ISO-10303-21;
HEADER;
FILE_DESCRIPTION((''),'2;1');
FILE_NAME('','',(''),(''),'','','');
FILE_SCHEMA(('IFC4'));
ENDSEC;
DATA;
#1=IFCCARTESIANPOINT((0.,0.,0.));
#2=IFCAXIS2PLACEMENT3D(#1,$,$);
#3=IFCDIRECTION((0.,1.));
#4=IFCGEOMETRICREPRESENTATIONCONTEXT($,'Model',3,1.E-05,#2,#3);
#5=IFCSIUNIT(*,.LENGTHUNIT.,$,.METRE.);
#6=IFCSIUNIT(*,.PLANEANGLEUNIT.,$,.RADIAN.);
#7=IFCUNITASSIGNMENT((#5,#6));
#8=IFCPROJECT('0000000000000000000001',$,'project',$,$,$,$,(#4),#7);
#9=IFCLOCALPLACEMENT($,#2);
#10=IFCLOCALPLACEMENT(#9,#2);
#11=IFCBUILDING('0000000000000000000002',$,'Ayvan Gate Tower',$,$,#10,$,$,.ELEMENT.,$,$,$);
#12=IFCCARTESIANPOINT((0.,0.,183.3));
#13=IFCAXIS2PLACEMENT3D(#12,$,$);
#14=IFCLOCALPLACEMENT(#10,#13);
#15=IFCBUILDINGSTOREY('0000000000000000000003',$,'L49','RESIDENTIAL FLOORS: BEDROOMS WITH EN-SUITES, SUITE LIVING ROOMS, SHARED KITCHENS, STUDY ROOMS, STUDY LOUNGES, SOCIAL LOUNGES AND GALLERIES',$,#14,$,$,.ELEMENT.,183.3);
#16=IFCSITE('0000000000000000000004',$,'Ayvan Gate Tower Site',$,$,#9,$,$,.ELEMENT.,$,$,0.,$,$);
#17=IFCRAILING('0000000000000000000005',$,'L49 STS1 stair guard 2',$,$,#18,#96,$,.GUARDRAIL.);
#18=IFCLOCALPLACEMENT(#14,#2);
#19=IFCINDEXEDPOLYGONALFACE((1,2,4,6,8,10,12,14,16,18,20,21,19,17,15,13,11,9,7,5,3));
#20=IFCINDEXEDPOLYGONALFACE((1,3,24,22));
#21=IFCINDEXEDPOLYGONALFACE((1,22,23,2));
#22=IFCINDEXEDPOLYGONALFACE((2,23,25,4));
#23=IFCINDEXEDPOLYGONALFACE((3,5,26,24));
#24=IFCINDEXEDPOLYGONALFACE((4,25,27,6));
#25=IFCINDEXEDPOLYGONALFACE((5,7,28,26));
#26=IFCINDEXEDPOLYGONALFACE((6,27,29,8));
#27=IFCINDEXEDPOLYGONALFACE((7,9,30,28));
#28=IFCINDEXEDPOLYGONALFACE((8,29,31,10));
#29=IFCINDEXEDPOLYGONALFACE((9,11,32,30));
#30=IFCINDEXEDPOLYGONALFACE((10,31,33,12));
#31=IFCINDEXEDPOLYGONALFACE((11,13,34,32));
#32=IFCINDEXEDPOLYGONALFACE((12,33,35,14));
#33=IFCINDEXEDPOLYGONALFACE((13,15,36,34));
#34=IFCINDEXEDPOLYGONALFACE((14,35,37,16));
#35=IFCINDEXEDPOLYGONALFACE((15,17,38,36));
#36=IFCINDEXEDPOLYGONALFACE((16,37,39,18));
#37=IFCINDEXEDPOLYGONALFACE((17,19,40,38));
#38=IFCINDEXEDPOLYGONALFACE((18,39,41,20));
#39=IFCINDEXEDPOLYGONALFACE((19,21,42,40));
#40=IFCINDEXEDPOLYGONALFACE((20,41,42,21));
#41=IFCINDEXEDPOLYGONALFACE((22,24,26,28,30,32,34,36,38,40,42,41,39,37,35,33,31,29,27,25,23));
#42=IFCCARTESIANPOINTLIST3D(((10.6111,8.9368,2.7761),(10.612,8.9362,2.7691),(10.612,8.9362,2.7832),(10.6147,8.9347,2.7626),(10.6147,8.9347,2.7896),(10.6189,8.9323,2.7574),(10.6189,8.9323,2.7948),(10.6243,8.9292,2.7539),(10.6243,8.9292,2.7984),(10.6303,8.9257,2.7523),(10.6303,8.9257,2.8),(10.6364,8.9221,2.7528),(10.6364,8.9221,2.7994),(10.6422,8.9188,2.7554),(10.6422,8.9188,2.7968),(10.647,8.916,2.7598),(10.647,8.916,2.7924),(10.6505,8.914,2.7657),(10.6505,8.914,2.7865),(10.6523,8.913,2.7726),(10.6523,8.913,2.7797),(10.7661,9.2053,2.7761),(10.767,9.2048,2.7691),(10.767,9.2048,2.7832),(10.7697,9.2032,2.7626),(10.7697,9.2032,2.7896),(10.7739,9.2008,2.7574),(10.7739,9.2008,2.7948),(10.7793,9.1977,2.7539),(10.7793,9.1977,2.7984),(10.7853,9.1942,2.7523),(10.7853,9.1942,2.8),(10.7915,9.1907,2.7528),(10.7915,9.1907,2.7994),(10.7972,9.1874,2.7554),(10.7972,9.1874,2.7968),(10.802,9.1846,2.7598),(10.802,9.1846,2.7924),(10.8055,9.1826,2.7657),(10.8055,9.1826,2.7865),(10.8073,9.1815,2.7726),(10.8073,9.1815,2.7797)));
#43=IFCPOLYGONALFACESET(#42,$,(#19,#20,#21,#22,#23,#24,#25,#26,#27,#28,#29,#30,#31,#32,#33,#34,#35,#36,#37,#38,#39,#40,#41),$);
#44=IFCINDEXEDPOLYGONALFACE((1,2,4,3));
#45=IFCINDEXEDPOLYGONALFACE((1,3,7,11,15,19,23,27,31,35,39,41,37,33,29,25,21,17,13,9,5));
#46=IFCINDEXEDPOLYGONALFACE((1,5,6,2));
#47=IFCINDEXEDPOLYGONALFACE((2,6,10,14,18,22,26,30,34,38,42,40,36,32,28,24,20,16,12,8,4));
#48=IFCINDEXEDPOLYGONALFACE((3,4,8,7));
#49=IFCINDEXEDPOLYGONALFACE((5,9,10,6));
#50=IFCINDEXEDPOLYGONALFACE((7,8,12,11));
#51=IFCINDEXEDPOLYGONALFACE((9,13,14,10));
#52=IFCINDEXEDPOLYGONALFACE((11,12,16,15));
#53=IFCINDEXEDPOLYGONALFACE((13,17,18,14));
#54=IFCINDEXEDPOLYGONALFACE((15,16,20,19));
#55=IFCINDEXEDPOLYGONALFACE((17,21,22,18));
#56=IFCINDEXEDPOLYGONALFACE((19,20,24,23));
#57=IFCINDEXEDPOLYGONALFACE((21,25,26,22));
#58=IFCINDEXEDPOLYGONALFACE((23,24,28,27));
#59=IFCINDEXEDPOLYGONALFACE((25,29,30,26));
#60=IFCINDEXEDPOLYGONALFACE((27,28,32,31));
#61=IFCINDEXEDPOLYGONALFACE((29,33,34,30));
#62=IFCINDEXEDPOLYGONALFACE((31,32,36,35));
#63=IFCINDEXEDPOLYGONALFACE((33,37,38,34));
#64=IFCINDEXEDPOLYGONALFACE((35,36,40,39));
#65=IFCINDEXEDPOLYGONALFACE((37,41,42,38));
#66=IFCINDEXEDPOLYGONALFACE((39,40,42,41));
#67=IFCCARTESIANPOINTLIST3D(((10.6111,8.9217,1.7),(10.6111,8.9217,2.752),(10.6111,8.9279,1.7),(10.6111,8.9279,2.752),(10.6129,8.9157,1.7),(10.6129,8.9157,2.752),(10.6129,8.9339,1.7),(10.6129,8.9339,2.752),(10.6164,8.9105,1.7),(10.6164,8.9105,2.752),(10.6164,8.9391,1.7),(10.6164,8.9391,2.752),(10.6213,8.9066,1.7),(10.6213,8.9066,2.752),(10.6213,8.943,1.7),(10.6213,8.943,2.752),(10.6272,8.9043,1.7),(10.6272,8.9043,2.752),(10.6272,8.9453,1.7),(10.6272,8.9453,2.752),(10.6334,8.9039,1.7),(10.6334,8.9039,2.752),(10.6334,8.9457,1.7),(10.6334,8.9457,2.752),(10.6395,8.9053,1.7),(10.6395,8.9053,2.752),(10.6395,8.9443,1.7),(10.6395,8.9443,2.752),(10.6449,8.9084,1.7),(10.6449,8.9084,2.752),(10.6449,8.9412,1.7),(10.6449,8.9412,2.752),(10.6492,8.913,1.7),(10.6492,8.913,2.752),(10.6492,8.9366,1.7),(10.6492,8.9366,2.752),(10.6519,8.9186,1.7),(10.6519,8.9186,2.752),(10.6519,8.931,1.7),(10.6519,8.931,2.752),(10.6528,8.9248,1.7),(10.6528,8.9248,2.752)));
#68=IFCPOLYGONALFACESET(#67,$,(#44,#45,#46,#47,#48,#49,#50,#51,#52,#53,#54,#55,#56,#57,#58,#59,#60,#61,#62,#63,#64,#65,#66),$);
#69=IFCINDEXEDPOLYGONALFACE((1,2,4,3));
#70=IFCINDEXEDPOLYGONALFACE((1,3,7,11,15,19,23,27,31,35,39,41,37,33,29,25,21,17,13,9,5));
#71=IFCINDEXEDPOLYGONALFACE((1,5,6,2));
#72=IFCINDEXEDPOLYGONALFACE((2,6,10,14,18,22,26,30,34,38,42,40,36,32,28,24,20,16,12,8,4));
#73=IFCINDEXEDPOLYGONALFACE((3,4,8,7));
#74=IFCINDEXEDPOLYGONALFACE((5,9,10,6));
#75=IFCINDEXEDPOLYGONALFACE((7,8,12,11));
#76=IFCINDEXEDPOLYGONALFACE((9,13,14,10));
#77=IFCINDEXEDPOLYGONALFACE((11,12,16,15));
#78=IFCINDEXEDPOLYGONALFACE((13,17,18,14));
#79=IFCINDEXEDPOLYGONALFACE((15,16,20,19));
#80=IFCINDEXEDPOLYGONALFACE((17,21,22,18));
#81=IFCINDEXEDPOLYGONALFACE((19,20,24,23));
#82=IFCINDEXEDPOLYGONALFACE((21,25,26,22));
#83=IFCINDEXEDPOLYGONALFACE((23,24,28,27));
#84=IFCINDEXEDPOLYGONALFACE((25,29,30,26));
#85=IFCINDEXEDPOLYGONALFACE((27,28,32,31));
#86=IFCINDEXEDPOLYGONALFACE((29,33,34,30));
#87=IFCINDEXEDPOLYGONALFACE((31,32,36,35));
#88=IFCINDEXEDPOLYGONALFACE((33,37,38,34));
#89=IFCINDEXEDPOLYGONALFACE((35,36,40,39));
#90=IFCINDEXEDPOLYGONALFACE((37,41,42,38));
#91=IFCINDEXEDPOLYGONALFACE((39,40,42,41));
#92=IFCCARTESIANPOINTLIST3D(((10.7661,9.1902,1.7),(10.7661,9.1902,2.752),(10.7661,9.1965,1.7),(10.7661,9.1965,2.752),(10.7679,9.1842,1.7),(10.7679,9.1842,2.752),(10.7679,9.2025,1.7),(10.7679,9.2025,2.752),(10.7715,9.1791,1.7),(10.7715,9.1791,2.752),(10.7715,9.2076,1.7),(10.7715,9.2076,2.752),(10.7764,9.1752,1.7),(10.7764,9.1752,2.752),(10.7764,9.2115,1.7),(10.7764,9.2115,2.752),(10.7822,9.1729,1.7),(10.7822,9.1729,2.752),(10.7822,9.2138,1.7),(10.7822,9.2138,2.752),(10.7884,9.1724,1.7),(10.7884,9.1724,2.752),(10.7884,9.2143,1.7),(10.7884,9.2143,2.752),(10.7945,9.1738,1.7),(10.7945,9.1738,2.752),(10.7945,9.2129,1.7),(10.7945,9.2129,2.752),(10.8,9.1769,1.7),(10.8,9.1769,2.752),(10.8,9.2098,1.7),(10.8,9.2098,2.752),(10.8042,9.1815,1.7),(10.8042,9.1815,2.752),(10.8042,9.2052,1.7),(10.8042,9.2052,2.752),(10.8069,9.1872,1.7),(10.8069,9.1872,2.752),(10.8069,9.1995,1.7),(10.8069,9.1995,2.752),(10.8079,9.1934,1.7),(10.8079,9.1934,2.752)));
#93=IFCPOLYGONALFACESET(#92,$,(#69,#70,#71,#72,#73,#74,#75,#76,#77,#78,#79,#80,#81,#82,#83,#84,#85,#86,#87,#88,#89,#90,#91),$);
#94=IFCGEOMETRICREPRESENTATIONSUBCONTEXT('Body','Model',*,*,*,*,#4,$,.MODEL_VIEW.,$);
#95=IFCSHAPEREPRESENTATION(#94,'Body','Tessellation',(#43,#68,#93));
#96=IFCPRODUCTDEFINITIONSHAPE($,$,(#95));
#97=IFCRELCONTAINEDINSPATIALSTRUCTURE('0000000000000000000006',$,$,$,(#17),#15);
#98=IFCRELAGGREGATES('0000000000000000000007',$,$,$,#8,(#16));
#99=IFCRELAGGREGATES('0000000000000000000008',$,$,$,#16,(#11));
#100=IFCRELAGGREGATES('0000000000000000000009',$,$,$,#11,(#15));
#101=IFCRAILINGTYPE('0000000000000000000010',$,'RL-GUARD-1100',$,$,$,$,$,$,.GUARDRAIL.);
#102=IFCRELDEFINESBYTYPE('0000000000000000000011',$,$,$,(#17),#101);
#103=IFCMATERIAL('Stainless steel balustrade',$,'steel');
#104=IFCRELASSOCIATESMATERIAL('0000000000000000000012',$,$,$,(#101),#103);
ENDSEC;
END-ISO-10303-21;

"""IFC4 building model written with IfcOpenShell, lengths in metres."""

from ifc_helpers import new_model, si_unit, direction, frame, origin, origin_2d, place, context, subcontext, project, spatial, circle, extrude, material, type_object, element, save


model = new_model("IFC4")

# Units and contexts
model_context = context("Model", 3, precision=1e-05, world=origin(), true_north=direction((0.0, 1.0)))
body_context = subcontext(model_context, "Body", "Model", "MODEL_VIEW")
ifc_project = project(units=[si_unit("LENGTHUNIT", "METRE"), si_unit("PLANEANGLEUNIT", "RADIAN")], contexts=[model_context])

# Site, building, storey
site_placement = place(None, origin())
site = spatial("IfcSite", under=ifc_project, at=site_placement, Name="Ayvan Gate Tower Site", CompositionType="ELEMENT", RefElevation=0.0)
building_placement = place(site_placement, origin())
building = spatial("IfcBuilding", under=site, at=building_placement, Name="Ayvan Gate Tower", CompositionType="ELEMENT")
storey_placement = place(building_placement, frame((0.0, 0.0, 183.3)))
storey = spatial("IfcBuildingStorey", under=building, at=storey_placement, Name="L49", Description="RESIDENTIAL FLOORS: BEDROOMS WITH EN-SUITES, SUITE LIVING ROOMS, SHARED KITCHENS, STUDY ROOMS, STUDY LOUNGES, SOCIAL LOUNGES AND GALLERIES", CompositionType="ELEMENT", Elevation=183.3)

# Railing
ifc_material_1 = material(Name="Stainless steel balustrade", Category="steel")
railing_type_1 = type_object("IfcRailingType", Name="RL-GUARD-1100", PredefinedType="GUARDRAIL", material=ifc_material_1)
railing_1_placement = place(storey_placement, frame((10.6318, 8.9248, 1.7)))
element("IfcRailing", 1, at=railing_1_placement, inside=storey, type_object=railing_type_1, Name="L49 STS1 stair guard 2", PredefinedType="GUARDRAIL", context=body_context, shape_type="SweptSolid", body=[
    extrude(circle(Radius=0.0239, at=origin_2d()), frame((0.0, 0.0, 1.0762), z_axis=(0.49995, 0.866054, 0.0), x_axis=(-0.866054, 0.49995, 0.0)), (0.0, 0.0, 1.0), 0.3101),
    extrude(circle(Radius=0.021, at=origin_2d()), origin(), (0.0, 0.0, 1.0), 1.052),
    extrude(circle(Radius=0.021, at=origin_2d()), frame((0.155, 0.2686, 0.0)), (0.0, 0.0, 1.0), 1.052),
])

save(model, "model.ifc")
